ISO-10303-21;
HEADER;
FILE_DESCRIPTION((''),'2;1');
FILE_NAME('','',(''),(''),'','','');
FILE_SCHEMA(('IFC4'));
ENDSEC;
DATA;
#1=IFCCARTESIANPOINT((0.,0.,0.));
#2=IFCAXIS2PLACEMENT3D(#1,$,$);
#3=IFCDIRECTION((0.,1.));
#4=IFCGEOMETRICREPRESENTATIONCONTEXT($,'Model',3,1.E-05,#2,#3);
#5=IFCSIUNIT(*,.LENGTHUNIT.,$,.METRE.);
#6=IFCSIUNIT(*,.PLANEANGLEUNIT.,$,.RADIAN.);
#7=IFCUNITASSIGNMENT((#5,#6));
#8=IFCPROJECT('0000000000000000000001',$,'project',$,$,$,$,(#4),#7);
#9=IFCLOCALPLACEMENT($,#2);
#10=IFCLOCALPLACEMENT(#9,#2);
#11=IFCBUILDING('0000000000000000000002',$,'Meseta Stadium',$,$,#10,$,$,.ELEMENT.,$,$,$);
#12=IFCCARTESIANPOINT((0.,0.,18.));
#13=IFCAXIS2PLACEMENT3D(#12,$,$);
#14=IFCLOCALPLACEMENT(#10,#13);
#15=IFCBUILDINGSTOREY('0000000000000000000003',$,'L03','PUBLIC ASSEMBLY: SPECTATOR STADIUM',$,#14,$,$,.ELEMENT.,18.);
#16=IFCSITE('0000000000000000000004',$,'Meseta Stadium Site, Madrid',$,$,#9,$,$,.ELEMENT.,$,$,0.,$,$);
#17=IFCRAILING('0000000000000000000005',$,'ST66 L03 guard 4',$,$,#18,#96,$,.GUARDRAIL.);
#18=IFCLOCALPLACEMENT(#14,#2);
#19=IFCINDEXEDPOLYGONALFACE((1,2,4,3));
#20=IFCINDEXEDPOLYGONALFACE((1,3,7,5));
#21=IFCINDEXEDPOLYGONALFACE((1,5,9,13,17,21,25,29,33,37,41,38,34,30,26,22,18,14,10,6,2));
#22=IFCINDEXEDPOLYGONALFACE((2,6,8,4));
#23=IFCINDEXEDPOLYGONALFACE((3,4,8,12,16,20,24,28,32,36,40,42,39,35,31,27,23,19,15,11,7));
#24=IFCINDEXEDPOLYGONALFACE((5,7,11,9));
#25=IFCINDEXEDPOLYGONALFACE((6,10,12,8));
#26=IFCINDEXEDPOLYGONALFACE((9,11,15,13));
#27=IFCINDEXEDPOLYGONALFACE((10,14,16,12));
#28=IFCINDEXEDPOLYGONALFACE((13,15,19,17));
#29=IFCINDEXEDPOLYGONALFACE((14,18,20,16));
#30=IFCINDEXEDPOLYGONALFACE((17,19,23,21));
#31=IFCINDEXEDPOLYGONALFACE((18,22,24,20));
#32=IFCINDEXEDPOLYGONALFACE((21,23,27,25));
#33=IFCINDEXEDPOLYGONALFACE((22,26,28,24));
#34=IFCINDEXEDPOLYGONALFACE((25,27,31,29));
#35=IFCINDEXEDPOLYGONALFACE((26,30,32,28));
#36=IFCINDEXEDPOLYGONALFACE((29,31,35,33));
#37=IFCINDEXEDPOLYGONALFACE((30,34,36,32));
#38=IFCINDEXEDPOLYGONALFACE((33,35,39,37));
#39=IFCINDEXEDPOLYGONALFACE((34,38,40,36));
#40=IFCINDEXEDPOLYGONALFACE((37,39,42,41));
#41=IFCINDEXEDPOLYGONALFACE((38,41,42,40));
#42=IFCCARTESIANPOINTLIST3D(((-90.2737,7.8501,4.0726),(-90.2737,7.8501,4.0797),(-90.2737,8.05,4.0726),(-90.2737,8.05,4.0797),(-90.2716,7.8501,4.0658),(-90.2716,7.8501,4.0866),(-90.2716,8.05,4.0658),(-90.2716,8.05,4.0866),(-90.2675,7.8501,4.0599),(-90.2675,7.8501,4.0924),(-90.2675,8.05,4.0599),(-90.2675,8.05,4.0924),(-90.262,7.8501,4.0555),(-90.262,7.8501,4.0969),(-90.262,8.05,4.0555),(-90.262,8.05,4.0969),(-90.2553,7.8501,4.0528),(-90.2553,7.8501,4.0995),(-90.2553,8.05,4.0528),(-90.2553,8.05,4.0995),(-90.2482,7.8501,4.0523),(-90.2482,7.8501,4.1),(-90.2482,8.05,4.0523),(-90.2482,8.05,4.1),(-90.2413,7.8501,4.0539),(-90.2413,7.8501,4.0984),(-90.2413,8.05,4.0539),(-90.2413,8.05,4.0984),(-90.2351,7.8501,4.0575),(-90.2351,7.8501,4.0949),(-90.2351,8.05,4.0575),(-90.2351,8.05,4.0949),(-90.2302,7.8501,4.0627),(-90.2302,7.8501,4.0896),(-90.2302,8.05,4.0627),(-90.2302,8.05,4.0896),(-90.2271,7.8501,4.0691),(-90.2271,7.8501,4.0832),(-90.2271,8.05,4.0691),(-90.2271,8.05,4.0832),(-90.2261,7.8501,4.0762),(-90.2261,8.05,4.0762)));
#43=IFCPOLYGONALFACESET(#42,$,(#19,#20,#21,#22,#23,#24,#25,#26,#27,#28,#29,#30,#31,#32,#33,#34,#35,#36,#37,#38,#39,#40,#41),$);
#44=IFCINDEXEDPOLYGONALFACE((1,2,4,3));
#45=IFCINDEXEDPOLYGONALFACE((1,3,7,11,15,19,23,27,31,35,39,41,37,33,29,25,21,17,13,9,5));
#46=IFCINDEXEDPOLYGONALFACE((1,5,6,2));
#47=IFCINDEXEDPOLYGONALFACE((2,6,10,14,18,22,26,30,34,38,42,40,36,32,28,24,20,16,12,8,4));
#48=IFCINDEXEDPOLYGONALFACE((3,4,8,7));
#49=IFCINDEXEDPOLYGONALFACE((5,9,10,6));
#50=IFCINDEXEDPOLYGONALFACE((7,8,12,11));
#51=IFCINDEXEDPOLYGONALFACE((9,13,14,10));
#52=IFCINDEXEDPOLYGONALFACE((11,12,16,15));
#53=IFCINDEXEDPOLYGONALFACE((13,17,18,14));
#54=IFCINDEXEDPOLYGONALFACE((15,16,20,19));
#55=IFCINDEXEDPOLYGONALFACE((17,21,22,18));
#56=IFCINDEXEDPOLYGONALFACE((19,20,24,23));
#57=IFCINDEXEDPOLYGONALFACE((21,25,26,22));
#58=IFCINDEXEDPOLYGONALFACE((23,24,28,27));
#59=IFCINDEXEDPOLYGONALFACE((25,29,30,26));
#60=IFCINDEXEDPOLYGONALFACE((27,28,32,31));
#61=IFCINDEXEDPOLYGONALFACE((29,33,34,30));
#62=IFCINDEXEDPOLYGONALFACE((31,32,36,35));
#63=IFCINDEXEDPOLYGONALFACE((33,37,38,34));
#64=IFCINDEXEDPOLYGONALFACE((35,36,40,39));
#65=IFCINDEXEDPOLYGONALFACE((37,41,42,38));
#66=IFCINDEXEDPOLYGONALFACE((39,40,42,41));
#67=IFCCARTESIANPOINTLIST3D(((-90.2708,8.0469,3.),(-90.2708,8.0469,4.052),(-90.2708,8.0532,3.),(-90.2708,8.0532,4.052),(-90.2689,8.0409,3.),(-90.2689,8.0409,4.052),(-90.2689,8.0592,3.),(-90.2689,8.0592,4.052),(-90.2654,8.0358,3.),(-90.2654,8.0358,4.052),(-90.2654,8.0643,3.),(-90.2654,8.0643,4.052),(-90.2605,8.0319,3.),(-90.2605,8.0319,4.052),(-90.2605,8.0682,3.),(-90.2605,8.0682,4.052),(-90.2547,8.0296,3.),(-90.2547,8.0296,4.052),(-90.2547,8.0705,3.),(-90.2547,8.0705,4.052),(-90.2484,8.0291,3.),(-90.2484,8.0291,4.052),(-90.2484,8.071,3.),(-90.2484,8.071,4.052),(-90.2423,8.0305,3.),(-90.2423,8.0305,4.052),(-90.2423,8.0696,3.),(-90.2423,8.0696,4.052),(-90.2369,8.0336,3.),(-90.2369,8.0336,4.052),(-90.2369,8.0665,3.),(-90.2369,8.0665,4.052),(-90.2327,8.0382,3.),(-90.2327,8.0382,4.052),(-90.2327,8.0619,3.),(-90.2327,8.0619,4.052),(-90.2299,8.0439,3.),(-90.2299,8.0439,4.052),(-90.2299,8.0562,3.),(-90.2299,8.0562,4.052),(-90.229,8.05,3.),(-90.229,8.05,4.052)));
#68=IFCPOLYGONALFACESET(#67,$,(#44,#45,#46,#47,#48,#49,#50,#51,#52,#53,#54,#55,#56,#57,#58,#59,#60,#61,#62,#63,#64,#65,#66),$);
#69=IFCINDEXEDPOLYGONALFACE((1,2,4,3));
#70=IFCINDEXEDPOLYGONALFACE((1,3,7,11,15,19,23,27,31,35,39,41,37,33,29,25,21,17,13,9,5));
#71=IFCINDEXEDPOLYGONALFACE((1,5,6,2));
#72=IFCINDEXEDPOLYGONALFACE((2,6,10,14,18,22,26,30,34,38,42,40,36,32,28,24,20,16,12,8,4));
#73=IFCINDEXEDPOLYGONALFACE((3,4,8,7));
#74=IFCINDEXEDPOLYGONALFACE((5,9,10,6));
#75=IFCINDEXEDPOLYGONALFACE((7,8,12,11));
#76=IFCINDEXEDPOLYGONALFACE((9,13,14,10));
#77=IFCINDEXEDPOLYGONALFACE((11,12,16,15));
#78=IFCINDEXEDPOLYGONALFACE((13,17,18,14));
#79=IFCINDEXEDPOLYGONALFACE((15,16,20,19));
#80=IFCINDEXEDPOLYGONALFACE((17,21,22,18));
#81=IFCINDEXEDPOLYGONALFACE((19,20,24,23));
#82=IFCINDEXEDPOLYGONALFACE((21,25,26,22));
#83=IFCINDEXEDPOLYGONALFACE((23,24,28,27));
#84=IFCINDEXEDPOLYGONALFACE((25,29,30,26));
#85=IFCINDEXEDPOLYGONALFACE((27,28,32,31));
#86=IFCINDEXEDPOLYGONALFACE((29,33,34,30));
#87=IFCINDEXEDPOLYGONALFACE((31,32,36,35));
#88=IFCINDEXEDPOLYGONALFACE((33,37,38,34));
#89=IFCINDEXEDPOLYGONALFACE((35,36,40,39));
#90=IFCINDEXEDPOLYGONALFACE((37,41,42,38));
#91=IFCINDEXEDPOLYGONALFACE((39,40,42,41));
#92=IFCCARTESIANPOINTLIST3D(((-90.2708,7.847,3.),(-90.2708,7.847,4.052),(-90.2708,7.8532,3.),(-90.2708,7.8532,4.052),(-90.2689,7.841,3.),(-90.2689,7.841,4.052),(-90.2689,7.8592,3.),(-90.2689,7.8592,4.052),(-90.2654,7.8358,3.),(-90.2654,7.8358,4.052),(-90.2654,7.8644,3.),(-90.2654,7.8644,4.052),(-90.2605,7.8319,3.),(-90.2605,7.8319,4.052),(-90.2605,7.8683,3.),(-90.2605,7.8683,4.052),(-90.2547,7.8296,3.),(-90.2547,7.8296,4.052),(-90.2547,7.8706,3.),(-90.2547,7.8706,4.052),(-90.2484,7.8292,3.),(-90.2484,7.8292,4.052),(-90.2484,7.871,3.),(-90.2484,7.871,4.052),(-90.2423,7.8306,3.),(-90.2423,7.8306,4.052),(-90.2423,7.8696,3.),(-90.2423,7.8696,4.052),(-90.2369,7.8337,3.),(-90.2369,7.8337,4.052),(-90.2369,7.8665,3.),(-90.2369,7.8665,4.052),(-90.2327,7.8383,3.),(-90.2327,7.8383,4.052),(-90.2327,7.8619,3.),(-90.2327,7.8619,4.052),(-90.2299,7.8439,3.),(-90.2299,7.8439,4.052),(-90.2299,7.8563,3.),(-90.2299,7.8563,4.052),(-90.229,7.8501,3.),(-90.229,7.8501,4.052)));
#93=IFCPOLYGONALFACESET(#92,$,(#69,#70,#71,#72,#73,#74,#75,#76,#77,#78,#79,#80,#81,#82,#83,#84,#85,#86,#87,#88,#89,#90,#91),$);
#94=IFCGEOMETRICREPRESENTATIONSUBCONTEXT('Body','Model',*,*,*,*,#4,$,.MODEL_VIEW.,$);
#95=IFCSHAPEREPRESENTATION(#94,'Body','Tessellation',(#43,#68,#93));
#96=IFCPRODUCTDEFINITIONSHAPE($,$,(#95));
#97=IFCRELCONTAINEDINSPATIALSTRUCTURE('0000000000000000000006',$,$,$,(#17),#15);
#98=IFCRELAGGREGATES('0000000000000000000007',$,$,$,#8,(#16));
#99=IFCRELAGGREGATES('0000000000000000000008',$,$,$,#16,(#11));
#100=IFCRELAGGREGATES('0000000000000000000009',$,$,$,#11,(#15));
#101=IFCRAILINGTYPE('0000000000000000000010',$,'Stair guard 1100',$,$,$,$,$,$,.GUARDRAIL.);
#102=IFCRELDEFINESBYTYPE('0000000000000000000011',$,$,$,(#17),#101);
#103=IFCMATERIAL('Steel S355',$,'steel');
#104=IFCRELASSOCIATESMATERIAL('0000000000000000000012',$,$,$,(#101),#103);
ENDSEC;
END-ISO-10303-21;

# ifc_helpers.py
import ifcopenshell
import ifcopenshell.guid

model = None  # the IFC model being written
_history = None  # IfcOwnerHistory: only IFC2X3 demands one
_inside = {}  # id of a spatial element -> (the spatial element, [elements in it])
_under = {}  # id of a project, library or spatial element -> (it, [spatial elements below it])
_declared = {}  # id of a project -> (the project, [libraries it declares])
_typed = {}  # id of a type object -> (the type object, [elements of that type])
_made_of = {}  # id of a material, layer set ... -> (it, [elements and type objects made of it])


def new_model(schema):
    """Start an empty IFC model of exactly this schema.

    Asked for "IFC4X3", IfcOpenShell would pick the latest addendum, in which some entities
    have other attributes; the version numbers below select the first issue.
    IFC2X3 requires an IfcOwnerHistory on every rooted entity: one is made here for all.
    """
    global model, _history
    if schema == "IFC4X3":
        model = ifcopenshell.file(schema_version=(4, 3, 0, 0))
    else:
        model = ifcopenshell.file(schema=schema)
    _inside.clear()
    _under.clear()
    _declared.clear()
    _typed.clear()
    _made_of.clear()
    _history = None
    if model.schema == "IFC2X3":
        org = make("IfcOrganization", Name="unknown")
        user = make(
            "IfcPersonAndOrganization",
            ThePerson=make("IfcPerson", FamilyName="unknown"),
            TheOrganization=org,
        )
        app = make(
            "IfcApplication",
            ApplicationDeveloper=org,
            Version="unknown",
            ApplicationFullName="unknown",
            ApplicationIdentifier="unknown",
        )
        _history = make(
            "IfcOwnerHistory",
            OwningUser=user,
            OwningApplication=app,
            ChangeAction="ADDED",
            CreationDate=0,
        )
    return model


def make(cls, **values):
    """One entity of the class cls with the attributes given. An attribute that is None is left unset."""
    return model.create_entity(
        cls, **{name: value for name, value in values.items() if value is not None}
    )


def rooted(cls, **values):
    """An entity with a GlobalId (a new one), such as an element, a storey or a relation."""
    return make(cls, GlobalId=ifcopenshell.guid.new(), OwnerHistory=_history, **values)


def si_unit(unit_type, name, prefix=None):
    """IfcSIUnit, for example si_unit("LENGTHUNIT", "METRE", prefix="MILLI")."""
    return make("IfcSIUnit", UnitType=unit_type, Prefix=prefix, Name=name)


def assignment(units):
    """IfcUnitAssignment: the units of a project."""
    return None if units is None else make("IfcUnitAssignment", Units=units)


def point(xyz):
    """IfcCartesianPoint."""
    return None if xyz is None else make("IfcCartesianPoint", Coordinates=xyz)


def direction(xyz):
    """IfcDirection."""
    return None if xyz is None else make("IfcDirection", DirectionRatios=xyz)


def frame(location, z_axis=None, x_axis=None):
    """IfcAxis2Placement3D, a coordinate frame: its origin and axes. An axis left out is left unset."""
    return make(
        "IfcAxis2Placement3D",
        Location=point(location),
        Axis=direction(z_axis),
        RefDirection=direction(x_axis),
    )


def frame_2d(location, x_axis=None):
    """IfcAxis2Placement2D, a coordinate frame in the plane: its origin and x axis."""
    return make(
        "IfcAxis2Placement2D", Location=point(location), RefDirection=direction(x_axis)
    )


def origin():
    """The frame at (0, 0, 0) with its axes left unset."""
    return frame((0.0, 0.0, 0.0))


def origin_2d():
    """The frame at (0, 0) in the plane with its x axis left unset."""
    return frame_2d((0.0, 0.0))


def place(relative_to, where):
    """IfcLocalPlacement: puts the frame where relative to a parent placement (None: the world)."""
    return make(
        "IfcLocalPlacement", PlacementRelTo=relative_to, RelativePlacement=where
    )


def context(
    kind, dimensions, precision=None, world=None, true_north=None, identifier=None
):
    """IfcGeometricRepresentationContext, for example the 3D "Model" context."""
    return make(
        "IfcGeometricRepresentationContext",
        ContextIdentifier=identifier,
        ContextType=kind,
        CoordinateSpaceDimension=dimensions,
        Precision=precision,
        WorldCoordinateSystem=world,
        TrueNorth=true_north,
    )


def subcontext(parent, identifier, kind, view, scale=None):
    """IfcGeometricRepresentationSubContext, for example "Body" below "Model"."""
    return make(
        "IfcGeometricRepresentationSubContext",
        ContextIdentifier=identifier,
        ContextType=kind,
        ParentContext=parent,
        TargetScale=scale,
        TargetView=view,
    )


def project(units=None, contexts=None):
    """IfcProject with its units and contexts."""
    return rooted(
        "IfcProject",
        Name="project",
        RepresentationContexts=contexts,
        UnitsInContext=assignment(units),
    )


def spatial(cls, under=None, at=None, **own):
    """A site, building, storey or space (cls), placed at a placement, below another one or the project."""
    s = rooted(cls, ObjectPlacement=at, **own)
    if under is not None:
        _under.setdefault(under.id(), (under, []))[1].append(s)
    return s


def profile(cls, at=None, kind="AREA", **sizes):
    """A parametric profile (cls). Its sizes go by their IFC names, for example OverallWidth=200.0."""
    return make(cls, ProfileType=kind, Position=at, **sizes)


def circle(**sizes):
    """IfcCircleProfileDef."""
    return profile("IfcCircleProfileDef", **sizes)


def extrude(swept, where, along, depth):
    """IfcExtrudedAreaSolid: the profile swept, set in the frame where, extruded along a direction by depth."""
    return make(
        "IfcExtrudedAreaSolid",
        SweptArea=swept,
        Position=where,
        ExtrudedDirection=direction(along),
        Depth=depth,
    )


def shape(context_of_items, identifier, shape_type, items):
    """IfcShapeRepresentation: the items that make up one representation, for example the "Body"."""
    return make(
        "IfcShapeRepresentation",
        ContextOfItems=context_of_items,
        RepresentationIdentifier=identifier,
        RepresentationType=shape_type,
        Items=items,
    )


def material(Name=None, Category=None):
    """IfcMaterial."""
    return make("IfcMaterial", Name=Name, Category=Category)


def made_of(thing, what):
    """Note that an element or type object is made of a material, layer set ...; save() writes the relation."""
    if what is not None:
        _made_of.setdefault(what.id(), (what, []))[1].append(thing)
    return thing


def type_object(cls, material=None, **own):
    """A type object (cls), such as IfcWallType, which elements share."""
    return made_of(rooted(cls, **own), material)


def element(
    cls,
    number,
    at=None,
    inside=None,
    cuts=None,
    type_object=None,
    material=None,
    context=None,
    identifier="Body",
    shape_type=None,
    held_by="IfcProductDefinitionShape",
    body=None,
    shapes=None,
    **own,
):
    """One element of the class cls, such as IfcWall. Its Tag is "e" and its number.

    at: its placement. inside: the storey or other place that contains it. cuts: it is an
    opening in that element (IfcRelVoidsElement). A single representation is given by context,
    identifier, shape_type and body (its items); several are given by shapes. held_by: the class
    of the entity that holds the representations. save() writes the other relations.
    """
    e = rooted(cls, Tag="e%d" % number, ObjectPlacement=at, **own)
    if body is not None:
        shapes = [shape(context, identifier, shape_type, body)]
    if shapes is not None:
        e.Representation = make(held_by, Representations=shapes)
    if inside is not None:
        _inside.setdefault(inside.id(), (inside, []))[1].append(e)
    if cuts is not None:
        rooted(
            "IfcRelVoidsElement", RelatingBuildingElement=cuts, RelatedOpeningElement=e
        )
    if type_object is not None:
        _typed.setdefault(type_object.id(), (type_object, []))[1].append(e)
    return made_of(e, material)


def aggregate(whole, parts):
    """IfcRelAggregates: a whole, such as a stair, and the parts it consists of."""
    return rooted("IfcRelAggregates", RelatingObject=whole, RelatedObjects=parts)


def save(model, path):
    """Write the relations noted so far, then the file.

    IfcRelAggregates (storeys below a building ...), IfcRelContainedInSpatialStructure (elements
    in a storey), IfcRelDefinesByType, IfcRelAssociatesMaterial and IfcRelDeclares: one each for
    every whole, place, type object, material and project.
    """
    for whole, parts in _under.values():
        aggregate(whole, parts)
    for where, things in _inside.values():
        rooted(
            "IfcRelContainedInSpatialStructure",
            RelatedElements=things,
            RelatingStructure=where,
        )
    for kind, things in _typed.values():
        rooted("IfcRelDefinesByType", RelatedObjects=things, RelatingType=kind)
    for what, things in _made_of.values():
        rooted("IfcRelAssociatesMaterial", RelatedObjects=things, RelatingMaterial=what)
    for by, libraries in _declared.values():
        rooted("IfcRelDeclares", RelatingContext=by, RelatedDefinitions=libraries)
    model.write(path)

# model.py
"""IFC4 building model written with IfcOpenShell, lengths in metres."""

from ifc_helpers import new_model, si_unit, direction, frame, origin, origin_2d, place, context, subcontext, project, spatial, circle, extrude, material, type_object, element, save


model = new_model("IFC4")

# Units and contexts
model_context = context("Model", 3, precision=1e-05, world=origin(), true_north=direction((0.0, 1.0)))
body_context = subcontext(model_context, "Body", "Model", "MODEL_VIEW")
ifc_project = project(units=[si_unit("LENGTHUNIT", "METRE"), si_unit("PLANEANGLEUNIT", "RADIAN")], contexts=[model_context])

# Site, building, storey
site_placement = place(None, origin())
site = spatial("IfcSite", under=ifc_project, at=site_placement, Name="Meseta Stadium Site, Madrid", CompositionType="ELEMENT", RefElevation=0.0)
building_placement = place(site_placement, origin())
building = spatial("IfcBuilding", under=site, at=building_placement, Name="Meseta Stadium", CompositionType="ELEMENT")
storey_placement = place(building_placement, frame((0.0, 0.0, 18.0)))
storey = spatial("IfcBuildingStorey", under=building, at=storey_placement, Name="L03", Description="PUBLIC ASSEMBLY: SPECTATOR STADIUM", CompositionType="ELEMENT", Elevation=18.0)

# Railing
ifc_material_1 = material(Name="Steel S355", Category="steel")
railing_type_1 = type_object("IfcRailingType", Name="Stair guard 1100", PredefinedType="GUARDRAIL", material=ifc_material_1)
railing_1_placement = place(storey_placement, frame((-90.25, 8.05, 3.0)))
element("IfcRailing", 1, at=railing_1_placement, inside=storey, type_object=railing_type_1, Name="ST66 L03 guard 4", PredefinedType="GUARDRAIL", context=body_context, shape_type="SweptSolid", body=[
    extrude(circle(Radius=0.0239, at=origin_2d()), frame((0.0, 0.0, 1.0762), z_axis=(0.0, -1.0, 0.0), x_axis=(1.0, 0.0, 0.0)), (0.0, 0.0, 1.0), 0.2),
    extrude(circle(Radius=0.021, at=origin_2d()), origin(), (0.0, 0.0, 1.0), 1.052),
    extrude(circle(Radius=0.021, at=origin_2d()), frame((0.0, -0.2, 0.0)), (0.0, 0.0, 1.0), 1.052),
])

save(model, "model.ifc")
